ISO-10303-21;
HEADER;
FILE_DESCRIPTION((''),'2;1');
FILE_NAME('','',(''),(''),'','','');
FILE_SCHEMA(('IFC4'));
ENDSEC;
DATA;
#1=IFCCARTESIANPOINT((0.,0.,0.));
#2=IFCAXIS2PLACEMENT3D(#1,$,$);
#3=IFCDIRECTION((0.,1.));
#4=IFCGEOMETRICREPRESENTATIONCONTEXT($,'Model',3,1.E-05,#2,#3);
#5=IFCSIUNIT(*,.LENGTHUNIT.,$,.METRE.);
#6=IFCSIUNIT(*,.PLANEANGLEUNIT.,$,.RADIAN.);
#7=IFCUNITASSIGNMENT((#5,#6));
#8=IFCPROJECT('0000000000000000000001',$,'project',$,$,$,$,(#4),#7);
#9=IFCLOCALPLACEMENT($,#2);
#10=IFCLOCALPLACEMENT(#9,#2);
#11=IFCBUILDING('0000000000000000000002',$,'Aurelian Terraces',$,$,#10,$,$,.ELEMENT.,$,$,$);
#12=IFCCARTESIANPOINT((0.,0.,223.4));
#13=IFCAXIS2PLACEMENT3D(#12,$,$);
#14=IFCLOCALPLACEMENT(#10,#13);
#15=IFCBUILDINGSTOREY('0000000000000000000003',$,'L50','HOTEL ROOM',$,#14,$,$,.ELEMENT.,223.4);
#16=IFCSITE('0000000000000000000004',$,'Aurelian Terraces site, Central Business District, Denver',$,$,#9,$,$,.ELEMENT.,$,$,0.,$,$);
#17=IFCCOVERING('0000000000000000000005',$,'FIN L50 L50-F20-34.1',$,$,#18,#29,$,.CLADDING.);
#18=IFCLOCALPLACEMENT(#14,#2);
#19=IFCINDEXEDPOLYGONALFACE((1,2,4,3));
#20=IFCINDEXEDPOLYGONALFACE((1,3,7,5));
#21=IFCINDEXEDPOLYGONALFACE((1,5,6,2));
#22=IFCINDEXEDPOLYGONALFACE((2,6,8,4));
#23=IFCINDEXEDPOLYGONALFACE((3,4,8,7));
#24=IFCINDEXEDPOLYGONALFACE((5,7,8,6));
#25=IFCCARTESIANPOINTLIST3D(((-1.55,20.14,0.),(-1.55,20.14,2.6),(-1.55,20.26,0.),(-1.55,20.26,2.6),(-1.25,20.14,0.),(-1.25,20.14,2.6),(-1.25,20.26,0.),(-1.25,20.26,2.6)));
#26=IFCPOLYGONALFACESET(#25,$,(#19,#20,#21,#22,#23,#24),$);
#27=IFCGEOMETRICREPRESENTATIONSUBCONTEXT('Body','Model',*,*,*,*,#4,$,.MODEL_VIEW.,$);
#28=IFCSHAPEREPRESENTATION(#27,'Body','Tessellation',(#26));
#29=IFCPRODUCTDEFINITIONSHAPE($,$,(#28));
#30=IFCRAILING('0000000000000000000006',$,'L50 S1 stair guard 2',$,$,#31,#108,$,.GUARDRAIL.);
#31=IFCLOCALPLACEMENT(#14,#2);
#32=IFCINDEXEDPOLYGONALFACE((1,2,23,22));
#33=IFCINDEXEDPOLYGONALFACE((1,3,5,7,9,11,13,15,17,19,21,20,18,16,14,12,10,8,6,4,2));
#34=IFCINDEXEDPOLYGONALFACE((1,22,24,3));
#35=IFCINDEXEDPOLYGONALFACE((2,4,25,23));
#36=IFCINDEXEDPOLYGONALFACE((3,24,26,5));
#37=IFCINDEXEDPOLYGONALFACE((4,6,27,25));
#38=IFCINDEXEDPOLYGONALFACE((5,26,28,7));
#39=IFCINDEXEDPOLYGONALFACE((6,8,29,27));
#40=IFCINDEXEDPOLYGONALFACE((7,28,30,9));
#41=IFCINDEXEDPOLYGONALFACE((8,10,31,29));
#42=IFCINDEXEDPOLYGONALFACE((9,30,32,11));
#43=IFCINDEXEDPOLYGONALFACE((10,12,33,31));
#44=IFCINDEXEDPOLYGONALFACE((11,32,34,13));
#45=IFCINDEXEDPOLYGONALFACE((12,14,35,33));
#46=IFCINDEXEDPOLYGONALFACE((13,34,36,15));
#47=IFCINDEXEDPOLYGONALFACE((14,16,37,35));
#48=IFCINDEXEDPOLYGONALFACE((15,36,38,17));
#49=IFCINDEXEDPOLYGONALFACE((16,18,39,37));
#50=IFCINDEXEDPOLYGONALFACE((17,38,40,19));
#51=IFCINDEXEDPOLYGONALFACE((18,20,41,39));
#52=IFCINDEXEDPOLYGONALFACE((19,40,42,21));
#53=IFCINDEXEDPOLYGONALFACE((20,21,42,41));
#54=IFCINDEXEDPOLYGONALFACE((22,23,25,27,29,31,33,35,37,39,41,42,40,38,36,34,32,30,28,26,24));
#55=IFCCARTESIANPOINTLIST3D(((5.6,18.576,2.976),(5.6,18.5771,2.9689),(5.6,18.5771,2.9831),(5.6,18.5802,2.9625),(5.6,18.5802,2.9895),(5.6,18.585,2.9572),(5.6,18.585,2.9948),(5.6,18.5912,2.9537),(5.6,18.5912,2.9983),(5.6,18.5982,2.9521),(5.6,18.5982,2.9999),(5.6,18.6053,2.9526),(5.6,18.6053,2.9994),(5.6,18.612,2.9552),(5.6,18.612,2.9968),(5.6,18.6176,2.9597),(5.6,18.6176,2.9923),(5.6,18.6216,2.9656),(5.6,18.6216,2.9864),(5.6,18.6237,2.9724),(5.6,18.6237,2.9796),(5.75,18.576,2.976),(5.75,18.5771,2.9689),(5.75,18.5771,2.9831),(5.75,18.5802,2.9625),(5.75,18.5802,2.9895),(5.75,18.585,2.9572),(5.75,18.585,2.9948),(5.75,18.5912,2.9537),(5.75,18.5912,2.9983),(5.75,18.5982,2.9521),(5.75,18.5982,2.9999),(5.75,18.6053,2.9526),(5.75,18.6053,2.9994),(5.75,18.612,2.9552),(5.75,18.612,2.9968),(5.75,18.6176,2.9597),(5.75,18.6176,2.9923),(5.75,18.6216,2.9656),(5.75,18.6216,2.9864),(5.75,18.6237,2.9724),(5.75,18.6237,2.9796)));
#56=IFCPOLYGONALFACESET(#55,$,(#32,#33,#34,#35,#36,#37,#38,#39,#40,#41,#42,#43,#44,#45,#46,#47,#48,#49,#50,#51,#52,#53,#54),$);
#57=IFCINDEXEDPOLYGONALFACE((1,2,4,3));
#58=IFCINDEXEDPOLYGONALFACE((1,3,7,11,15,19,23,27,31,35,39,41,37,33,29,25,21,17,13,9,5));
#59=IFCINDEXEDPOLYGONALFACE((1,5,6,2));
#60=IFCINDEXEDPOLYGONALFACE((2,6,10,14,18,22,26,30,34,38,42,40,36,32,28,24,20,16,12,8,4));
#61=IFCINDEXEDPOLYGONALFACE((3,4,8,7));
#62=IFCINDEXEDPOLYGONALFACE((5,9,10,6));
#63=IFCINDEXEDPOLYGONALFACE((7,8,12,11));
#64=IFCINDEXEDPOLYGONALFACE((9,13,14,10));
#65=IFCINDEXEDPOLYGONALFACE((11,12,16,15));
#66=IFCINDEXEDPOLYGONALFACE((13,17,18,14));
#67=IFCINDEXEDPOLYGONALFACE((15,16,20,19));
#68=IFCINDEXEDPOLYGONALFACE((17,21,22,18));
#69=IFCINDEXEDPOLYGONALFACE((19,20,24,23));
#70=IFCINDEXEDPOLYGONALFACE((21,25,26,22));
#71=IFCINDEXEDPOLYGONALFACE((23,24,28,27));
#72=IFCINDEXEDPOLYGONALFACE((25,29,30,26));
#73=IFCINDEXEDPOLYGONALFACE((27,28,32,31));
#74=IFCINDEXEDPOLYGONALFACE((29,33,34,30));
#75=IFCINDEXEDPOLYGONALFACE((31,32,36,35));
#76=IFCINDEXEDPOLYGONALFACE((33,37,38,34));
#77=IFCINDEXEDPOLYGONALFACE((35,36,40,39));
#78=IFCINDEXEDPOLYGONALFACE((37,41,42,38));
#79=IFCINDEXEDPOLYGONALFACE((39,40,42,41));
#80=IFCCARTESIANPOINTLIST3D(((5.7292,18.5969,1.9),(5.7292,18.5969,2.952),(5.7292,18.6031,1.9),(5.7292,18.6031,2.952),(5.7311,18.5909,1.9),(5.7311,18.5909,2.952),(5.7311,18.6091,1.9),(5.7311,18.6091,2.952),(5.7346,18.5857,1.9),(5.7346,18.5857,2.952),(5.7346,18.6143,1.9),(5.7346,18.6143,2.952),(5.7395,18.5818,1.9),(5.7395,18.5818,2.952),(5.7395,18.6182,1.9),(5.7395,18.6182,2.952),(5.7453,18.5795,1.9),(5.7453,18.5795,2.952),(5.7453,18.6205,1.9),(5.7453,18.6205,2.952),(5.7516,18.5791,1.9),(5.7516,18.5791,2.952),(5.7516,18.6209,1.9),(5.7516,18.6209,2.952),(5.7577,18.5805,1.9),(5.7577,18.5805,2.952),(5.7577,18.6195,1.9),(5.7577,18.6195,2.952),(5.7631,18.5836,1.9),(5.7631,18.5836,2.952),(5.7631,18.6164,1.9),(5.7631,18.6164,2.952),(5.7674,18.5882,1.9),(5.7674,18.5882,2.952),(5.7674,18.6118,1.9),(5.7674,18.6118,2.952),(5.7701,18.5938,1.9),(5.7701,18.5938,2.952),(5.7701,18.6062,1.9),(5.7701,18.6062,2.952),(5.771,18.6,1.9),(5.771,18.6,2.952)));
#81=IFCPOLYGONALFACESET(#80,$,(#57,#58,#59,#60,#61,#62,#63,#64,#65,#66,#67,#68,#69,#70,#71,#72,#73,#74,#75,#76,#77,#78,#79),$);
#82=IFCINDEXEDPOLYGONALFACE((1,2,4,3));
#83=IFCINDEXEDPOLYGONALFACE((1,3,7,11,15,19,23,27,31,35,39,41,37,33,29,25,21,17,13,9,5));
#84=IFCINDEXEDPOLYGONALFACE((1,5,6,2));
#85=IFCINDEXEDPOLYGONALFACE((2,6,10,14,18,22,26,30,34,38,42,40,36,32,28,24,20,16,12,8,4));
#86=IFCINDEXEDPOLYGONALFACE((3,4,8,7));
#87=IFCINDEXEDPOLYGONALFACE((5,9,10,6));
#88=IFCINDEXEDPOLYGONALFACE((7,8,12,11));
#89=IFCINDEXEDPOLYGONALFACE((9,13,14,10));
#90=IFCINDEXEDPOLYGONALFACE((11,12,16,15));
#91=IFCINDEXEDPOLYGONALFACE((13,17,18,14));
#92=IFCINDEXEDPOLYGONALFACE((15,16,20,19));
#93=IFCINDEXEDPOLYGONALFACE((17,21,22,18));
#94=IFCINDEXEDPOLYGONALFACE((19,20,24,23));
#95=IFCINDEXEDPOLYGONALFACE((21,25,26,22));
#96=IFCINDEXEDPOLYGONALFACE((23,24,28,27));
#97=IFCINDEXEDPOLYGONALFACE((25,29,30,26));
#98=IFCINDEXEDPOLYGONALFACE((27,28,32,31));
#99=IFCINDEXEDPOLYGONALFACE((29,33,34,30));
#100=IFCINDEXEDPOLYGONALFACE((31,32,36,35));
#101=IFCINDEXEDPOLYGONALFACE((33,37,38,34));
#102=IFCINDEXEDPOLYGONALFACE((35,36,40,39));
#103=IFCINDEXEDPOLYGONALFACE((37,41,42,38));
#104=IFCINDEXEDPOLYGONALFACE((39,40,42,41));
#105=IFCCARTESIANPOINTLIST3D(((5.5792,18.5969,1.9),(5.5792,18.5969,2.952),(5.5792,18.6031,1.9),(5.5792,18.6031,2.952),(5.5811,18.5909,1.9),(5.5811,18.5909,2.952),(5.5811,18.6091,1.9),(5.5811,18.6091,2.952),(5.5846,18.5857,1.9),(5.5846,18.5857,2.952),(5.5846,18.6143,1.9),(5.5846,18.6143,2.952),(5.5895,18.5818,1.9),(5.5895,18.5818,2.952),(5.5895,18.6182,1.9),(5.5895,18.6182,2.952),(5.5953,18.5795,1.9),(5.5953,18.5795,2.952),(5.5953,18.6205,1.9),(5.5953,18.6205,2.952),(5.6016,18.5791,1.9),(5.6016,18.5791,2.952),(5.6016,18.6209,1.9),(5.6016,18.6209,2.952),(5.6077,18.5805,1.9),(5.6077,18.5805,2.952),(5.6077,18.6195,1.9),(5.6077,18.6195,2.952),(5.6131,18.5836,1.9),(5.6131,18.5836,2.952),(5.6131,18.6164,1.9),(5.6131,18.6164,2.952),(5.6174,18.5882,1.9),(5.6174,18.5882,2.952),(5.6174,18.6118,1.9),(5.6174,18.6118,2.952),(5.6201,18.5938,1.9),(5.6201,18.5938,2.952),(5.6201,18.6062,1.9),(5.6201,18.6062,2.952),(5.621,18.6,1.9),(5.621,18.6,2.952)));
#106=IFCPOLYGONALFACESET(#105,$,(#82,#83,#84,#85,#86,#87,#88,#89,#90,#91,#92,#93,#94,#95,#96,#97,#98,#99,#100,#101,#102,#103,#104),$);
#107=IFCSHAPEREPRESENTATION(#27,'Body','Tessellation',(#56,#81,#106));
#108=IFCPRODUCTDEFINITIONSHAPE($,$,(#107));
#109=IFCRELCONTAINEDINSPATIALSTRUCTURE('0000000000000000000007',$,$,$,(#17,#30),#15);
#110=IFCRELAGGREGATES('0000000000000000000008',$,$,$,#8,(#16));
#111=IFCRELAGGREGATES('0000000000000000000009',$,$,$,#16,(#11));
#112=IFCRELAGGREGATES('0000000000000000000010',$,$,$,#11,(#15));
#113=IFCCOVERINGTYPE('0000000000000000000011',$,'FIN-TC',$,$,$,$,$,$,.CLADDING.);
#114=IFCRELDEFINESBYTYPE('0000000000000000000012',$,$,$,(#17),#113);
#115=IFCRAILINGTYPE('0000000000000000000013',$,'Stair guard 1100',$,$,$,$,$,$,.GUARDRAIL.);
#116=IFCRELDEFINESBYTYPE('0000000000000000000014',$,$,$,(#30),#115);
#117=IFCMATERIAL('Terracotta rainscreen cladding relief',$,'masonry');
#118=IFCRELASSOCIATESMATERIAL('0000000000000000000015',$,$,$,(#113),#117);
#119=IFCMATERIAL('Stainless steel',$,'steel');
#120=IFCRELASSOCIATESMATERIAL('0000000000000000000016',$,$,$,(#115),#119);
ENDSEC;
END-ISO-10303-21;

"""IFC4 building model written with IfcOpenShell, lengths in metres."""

from ifc_helpers import new_model, si_unit, direction, frame, origin, origin_2d, place, context, subcontext, project, spatial, rectangle, circle, extrude, source, transform, mapped, material, type_object, element, save


model = new_model("IFC4")

# Units and contexts
model_context = context("Model", 3, precision=1e-05, world=origin(), true_north=direction((0.0, 1.0)))
body_context = subcontext(model_context, "Body", "Model", "MODEL_VIEW")
ifc_project = project(units=[si_unit("LENGTHUNIT", "METRE"), si_unit("PLANEANGLEUNIT", "RADIAN")], contexts=[model_context])

# Site, building, storey
site_placement = place(None, origin())
site = spatial("IfcSite", under=ifc_project, at=site_placement, Name="Aurelian Terraces site, Central Business District, Denver", CompositionType="ELEMENT", RefElevation=0.0)
building_placement = place(site_placement, origin())
building = spatial("IfcBuilding", under=site, at=building_placement, Name="Aurelian Terraces", CompositionType="ELEMENT")
storey_placement = place(building_placement, frame((0.0, 0.0, 223.4)))
storey = spatial("IfcBuildingStorey", under=building, at=storey_placement, Name="L50", Description="HOTEL ROOM", CompositionType="ELEMENT", Elevation=223.4)

# Covering
ifc_material_1 = material(Name="Terracotta rainscreen cladding relief", Category="masonry")
covering_type = type_object("IfcCoveringType", Name="FIN-TC", PredefinedType="CLADDING", material=ifc_material_1)
shared_shape_1 = source(origin(), body_context, "Body", "SweptSolid", [
    extrude(rectangle(XDim=0.3, YDim=0.12, at=origin_2d()), origin(), (0.0, 0.0, 1.0), 2.6),
])
covering_placement = place(storey_placement, frame((-1.4, 20.2, 0.0), z_axis=(0.0, 0.0, 1.0), x_axis=(1.0, 0.0, 0.0)))
element("IfcCovering", 1, at=covering_placement, inside=storey, type_object=covering_type, Name="FIN L50 L50-F20-34.1", PredefinedType="CLADDING", context=body_context, shape_type="MappedRepresentation", body=[
    mapped(shared_shape_1, transform((0.0, 0.0, 0.0), scale=1.0)),
])

# Railing
ifc_material_2 = material(Name="Stainless steel", Category="steel")
railing_type_1 = type_object("IfcRailingType", Name="Stair guard 1100", PredefinedType="GUARDRAIL", material=ifc_material_2)
shared_shape_2 = source(origin(), body_context, "Body", "SweptSolid", [
    extrude(circle(Radius=0.024, at=origin_2d()), frame((0.0, 0.0, 1.076), z_axis=(-1.0, 0.0, 0.0), x_axis=(0.0, -1.0, 0.0)), (0.0, 0.0, 1.0), 0.15),
    extrude(circle(Radius=0.021, at=origin_2d()), origin(), (0.0, 0.0, 1.0), 1.052),
    extrude(circle(Radius=0.021, at=origin_2d()), frame((-0.15, 0.0, 0.0)), (0.0, 0.0, 1.0), 1.052),
])
railing_1_placement = place(storey_placement, frame((5.75, 18.6, 1.9)))
element("IfcRailing", 2, at=railing_1_placement, inside=storey, type_object=railing_type_1, Name="L50 S1 stair guard 2", PredefinedType="GUARDRAIL", context=body_context, shape_type="MappedRepresentation", body=[
    mapped(shared_shape_2, transform((0.0, 0.0, 0.0), scale=1.0)),
])

save(model, "model.ifc")
